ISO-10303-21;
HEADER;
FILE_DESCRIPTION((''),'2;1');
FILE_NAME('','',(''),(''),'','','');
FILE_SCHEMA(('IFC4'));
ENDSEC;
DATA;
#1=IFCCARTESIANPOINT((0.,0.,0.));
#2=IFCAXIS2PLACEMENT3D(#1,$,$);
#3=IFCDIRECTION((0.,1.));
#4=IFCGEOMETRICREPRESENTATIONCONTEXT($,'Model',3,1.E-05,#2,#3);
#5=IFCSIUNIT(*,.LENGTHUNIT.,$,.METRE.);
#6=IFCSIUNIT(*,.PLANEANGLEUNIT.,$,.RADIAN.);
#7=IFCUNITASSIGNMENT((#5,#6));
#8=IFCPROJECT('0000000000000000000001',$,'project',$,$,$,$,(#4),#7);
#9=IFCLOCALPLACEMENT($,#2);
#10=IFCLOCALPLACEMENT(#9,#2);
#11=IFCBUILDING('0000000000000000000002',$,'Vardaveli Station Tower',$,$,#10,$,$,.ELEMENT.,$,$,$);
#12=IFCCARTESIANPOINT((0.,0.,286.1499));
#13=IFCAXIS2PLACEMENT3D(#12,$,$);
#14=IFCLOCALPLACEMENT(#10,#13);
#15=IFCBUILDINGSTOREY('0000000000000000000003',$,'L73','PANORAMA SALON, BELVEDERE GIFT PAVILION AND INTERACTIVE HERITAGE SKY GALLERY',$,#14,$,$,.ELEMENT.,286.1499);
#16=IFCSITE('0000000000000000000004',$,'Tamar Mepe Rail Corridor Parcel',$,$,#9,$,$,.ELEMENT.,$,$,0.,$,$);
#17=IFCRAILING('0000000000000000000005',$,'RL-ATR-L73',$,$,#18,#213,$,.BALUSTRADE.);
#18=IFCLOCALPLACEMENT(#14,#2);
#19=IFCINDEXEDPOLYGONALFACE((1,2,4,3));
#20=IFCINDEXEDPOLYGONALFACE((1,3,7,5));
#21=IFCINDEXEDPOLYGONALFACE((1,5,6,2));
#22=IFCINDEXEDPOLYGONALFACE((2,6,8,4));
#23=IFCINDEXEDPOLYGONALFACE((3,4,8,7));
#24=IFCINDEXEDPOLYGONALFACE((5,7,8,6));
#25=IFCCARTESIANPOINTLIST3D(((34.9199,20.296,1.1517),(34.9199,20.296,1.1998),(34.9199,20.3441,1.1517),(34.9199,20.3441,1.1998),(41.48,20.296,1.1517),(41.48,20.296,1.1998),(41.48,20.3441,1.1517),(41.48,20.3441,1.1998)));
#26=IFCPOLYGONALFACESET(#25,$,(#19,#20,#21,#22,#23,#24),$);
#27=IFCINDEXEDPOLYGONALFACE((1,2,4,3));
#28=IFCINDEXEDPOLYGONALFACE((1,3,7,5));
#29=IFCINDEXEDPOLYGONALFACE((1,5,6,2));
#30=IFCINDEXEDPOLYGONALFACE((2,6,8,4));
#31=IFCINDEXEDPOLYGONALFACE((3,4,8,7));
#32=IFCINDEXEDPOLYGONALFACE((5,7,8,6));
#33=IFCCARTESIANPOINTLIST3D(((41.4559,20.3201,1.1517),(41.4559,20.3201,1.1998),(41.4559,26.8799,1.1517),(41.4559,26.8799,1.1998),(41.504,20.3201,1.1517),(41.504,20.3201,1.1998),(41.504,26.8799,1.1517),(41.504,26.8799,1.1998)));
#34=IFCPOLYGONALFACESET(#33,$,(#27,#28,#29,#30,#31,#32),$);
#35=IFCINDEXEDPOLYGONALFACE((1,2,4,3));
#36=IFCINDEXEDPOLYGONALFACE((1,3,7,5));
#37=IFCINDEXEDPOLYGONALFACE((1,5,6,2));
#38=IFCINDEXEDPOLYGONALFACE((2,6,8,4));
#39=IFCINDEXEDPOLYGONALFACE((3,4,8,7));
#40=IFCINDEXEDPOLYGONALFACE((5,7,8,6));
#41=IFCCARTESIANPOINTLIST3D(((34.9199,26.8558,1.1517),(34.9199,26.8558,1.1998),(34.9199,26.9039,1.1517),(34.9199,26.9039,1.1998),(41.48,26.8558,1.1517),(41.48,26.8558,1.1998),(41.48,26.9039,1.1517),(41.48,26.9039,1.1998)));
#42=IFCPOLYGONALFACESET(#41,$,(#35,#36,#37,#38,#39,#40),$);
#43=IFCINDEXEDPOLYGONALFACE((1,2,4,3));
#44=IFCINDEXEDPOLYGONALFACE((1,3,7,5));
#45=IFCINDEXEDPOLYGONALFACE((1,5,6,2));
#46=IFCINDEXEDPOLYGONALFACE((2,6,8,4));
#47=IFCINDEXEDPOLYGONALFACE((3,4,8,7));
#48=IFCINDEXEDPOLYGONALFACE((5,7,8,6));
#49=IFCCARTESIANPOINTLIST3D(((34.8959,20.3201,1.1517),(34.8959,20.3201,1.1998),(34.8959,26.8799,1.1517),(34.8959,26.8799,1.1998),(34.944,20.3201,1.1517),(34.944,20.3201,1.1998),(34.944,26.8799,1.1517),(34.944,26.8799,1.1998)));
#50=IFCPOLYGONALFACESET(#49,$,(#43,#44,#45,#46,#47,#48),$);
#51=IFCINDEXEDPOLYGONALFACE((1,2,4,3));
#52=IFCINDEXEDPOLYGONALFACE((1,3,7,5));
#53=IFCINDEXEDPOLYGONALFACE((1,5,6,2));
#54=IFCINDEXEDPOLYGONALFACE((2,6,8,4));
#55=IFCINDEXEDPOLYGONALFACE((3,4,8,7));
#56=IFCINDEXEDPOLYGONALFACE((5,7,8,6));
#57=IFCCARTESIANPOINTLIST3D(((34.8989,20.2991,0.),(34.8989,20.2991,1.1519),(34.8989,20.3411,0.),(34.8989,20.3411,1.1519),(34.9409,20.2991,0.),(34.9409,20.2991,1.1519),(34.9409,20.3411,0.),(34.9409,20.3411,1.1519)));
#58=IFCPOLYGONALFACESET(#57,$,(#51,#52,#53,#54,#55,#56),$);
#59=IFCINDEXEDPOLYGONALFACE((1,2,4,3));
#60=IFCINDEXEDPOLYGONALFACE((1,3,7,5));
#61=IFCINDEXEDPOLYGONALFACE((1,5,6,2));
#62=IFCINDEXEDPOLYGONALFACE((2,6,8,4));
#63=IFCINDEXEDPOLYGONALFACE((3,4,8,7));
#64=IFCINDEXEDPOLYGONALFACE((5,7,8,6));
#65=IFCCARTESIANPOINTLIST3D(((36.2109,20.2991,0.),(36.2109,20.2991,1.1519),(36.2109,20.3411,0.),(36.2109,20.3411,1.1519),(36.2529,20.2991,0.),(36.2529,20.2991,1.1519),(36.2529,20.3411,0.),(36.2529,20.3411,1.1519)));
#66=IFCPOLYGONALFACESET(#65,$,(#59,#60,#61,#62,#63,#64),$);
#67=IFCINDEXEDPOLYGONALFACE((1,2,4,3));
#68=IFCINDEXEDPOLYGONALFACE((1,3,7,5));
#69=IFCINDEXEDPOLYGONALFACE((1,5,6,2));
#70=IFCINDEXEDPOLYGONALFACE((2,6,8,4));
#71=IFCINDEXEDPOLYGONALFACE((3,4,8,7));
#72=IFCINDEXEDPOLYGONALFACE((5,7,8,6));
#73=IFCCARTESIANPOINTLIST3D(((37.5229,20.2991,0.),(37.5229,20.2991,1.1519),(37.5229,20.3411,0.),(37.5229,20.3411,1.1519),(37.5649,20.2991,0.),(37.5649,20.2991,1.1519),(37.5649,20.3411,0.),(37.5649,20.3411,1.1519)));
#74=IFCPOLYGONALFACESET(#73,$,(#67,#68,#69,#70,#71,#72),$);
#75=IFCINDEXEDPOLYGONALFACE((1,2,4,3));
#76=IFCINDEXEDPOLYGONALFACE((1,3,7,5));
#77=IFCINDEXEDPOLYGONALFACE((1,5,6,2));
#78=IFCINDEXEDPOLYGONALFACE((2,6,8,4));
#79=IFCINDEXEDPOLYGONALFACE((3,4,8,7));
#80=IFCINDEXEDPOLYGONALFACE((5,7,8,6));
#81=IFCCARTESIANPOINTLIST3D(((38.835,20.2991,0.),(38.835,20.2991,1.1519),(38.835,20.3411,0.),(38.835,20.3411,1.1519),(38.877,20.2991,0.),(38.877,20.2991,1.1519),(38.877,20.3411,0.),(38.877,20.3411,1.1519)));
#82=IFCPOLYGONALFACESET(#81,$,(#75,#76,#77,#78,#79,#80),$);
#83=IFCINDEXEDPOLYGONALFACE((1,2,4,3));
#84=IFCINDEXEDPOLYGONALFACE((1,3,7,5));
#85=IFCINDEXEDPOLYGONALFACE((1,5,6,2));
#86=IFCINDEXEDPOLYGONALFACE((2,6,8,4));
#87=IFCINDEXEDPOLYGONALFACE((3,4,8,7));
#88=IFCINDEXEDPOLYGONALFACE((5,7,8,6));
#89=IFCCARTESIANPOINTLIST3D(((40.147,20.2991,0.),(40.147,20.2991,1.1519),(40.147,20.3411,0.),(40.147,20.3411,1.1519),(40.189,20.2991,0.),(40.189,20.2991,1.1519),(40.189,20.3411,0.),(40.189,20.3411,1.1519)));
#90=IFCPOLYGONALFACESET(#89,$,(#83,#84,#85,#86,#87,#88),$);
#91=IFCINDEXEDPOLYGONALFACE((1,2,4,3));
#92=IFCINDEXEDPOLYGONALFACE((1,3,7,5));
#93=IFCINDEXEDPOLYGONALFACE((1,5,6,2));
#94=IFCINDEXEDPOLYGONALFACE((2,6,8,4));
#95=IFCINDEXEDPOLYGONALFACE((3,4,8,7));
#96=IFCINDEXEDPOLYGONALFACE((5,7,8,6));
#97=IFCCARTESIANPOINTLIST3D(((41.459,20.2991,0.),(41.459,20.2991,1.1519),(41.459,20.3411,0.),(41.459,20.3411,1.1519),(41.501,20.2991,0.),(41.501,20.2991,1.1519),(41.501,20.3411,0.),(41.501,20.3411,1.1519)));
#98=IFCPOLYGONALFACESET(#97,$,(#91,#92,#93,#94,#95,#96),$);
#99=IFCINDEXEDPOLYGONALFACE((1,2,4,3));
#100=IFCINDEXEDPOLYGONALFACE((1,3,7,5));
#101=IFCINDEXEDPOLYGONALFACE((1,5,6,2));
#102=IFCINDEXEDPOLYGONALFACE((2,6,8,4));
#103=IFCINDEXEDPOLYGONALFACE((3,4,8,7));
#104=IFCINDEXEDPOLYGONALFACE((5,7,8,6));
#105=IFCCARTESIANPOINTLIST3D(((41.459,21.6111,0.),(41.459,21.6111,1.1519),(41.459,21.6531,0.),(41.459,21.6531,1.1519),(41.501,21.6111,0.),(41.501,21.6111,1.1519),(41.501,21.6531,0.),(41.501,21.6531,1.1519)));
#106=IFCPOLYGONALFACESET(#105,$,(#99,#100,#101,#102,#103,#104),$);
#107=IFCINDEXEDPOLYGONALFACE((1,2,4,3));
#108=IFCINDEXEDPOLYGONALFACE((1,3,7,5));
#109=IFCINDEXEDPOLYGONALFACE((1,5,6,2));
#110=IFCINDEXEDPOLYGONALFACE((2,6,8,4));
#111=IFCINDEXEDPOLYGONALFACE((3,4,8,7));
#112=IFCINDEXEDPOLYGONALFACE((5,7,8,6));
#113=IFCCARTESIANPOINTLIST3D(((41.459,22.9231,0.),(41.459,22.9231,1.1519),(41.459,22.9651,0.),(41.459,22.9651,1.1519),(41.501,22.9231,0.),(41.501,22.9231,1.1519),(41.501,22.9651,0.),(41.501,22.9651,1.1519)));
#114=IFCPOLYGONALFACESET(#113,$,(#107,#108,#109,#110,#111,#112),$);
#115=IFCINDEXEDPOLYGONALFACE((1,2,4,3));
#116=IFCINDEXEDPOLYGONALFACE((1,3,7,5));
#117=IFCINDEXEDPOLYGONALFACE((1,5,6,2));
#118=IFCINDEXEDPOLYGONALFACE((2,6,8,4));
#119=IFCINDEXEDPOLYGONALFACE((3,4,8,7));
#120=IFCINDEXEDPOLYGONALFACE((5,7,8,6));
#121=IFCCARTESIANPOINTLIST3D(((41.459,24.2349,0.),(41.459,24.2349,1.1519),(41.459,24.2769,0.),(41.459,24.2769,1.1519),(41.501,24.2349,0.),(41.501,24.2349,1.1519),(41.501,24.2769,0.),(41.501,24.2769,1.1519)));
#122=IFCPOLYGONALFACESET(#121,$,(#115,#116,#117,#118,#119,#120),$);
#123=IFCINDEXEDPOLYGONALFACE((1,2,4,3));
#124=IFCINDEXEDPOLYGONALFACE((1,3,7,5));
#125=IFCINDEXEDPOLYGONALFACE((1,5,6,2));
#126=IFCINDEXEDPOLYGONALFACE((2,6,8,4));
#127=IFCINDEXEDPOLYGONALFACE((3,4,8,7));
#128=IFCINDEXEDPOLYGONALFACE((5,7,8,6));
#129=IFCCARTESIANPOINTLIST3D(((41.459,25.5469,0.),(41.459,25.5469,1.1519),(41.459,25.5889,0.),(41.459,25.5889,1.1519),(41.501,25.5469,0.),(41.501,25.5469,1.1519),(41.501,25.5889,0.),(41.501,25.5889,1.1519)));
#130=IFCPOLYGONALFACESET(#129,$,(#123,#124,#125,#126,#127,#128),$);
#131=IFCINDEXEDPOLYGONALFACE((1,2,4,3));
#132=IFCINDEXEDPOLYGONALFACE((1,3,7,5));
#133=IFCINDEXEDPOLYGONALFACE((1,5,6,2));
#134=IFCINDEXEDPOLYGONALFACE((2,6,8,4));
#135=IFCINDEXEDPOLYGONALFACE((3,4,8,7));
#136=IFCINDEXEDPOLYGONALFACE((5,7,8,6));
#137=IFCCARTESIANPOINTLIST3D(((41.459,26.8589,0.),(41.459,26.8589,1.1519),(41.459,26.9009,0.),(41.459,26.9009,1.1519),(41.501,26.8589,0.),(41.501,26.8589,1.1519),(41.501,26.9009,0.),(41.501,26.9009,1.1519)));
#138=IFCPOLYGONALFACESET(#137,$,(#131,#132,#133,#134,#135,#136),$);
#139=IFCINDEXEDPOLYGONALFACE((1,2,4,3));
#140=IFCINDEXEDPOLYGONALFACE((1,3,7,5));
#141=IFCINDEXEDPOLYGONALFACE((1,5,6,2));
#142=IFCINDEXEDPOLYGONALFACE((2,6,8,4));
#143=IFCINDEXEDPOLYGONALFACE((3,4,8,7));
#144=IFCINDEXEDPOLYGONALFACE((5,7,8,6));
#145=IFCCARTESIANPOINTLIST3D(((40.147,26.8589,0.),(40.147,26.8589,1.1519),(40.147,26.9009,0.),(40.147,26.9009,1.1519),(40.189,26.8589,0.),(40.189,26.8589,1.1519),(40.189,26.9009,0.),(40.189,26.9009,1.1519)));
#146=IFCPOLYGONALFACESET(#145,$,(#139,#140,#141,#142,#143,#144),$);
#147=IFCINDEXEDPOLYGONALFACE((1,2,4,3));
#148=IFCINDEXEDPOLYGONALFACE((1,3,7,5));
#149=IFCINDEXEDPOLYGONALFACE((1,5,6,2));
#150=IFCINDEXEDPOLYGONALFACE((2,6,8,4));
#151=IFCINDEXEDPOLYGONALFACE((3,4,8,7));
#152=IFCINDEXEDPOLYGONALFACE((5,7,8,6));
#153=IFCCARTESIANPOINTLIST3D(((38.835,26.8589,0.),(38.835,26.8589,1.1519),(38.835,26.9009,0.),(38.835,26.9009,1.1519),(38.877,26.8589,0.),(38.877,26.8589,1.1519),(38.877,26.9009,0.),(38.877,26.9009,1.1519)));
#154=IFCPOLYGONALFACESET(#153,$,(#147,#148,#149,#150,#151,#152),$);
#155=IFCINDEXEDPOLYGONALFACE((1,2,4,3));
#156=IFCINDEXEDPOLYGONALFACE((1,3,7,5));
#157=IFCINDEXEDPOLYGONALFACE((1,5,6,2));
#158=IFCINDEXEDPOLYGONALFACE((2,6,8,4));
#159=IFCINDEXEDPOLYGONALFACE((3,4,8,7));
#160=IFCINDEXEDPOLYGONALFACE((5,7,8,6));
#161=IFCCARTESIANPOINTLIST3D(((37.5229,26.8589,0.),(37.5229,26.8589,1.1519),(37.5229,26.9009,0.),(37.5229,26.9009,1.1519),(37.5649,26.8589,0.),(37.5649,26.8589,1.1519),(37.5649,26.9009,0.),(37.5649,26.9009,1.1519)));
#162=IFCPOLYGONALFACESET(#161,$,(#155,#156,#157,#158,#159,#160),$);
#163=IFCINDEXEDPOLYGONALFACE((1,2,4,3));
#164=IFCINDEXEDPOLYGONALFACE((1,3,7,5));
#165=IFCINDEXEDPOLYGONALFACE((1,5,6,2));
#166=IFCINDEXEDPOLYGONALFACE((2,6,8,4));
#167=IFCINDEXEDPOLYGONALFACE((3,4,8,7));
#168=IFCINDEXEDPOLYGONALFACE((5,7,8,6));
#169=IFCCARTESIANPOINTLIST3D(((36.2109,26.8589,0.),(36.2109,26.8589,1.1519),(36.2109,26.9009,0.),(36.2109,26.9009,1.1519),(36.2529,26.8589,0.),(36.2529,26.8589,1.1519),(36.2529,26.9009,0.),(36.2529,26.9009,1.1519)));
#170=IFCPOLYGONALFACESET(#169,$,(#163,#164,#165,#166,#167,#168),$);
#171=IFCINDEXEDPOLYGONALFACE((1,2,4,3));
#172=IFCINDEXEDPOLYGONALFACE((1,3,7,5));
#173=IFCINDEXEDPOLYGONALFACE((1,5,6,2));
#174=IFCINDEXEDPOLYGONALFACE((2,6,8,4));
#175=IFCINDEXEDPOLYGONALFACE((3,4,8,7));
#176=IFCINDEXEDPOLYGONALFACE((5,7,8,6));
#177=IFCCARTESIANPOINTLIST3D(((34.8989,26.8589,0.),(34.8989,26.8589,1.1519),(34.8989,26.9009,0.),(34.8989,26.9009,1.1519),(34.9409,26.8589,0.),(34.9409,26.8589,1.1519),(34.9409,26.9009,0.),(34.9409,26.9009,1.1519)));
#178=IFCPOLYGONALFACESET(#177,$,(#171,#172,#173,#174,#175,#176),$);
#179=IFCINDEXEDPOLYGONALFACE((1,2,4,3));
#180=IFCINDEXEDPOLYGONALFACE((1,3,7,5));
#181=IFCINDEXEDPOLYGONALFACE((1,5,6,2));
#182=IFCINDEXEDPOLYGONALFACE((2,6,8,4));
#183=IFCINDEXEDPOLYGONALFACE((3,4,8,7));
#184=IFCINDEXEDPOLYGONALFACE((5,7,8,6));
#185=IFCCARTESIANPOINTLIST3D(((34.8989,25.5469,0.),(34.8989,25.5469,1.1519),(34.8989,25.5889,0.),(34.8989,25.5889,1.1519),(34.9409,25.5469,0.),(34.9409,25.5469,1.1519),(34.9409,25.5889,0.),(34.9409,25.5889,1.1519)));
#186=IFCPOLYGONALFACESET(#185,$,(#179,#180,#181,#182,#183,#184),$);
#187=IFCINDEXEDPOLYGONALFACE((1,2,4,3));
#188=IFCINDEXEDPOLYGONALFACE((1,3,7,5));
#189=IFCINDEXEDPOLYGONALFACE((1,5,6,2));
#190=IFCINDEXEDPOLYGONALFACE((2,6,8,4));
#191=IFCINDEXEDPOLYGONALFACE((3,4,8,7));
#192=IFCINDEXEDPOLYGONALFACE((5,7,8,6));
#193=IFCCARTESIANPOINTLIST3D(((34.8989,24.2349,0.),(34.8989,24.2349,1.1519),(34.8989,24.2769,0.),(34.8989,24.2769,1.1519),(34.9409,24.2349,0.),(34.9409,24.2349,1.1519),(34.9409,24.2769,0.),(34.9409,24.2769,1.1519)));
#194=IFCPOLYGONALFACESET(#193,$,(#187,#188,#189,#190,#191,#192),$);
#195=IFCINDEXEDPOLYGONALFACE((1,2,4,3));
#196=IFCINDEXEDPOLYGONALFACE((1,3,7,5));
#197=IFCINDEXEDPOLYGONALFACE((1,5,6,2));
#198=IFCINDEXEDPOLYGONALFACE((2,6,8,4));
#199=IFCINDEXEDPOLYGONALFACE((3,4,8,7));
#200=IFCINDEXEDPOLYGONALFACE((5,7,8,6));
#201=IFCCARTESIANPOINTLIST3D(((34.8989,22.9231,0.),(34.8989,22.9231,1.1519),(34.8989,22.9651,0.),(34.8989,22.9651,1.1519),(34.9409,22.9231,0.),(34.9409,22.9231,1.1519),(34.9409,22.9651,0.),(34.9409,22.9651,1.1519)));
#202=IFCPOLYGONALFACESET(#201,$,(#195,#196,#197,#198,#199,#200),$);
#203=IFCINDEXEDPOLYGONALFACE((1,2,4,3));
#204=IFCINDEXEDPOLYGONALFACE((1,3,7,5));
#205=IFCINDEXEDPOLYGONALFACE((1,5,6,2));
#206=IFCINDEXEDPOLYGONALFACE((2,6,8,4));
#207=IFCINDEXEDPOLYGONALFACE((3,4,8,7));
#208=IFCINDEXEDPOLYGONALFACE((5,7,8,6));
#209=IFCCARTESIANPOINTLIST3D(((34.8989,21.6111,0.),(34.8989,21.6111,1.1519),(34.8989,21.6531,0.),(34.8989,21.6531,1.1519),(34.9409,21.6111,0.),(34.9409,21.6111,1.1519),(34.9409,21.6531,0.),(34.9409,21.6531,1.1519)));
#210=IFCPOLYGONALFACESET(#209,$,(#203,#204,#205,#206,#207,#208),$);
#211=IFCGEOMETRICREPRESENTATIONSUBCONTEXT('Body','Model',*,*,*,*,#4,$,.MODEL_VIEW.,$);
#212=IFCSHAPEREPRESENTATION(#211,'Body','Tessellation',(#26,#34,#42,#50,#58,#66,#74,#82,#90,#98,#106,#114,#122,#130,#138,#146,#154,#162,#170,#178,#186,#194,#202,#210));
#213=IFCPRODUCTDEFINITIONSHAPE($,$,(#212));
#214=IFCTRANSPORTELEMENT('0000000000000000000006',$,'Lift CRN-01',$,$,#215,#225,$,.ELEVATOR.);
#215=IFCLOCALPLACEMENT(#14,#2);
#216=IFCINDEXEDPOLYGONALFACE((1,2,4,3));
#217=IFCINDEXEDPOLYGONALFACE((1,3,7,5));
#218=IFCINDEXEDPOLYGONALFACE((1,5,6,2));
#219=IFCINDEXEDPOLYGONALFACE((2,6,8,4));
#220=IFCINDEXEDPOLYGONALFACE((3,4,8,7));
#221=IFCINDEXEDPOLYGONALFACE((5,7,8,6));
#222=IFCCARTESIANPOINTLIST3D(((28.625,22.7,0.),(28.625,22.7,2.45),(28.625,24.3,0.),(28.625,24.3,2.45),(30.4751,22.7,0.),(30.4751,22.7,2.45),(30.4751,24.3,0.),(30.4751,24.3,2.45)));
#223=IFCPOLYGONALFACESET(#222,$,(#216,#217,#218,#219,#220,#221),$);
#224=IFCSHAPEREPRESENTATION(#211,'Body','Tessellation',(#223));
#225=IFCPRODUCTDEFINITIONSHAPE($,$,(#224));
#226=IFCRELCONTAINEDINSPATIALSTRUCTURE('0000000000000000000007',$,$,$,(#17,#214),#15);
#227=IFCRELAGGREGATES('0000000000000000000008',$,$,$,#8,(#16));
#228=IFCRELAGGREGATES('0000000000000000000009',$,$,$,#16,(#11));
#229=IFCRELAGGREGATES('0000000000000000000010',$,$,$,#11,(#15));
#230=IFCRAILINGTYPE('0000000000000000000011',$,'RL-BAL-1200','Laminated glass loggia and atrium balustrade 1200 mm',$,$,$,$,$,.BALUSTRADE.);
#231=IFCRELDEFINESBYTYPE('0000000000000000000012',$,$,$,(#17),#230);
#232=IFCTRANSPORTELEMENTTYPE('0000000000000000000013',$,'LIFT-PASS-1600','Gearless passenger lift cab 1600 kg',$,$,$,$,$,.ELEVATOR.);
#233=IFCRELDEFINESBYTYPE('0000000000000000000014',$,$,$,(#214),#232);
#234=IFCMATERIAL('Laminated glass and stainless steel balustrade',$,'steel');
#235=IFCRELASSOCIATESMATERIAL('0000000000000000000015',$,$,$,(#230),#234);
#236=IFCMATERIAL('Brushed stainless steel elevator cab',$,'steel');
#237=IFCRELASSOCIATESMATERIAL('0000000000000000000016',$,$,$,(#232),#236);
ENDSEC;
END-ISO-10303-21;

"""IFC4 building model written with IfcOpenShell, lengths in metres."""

from ifc_helpers import new_model, si_unit, direction, frame, origin, origin_2d, place, context, subcontext, project, spatial, rectangle, extrude, source, transform, mapped, material, type_object, element, save


model = new_model("IFC4")

# Units and contexts
model_context = context("Model", 3, precision=1e-05, world=origin(), true_north=direction((0.0, 1.0)))
body_context = subcontext(model_context, "Body", "Model", "MODEL_VIEW")
ifc_project = project(units=[si_unit("LENGTHUNIT", "METRE"), si_unit("PLANEANGLEUNIT", "RADIAN")], contexts=[model_context])

# Site, building, storey
site_placement = place(None, origin())
site = spatial("IfcSite", under=ifc_project, at=site_placement, Name="Tamar Mepe Rail Corridor Parcel", CompositionType="ELEMENT", RefElevation=0.0)
building_placement = place(site_placement, origin())
building = spatial("IfcBuilding", under=site, at=building_placement, Name="Vardaveli Station Tower", CompositionType="ELEMENT")
storey_placement = place(building_placement, frame((0.0, 0.0, 286.1499)))
storey = spatial("IfcBuildingStorey", under=building, at=storey_placement, Name="L73", Description="PANORAMA SALON, BELVEDERE GIFT PAVILION AND INTERACTIVE HERITAGE SKY GALLERY", CompositionType="ELEMENT", Elevation=286.1499)

# Railing
ifc_material_1 = material(Name="Laminated glass and stainless steel balustrade", Category="steel")
railing_type = type_object("IfcRailingType", Name="RL-BAL-1200", Description="Laminated glass loggia and atrium balustrade 1200 mm", PredefinedType="BALUSTRADE", material=ifc_material_1)
shared_shape_1 = source(origin(), body_context, "Body", "SweptSolid", [
    extrude(rectangle(XDim=0.0481, YDim=0.0481, at=origin_2d()), frame((0.0, 0.0, 1.1758), z_axis=(1.0, 0.0, 0.0), x_axis=(0.0, 1.0, 0.0)), (0.0, 0.0, 1.0), 6.5601),
    extrude(rectangle(XDim=0.0481, YDim=0.0481, at=origin_2d()), frame((6.5601, 0.0, 1.1758), z_axis=(0.0, 1.0, 0.0), x_axis=(-1.0, 0.0, 0.0)), (0.0, 0.0, 1.0), 6.5598),
    extrude(rectangle(XDim=0.0481, YDim=0.0481, at=origin_2d()), frame((6.5601, 6.5598, 1.1758), z_axis=(-1.0, 0.0, 0.0), x_axis=(0.0, -1.0, 0.0)), (0.0, 0.0, 1.0), 6.5601),
    extrude(rectangle(XDim=0.0481, YDim=0.0481, at=origin_2d()), frame((0.0, 6.5598, 1.1758), z_axis=(0.0, -1.0, 0.0), x_axis=(1.0, 0.0, 0.0)), (0.0, 0.0, 1.0), 6.5598),
    extrude(rectangle(XDim=0.042, YDim=0.042, at=origin_2d()), origin(), (0.0, 0.0, 1.0), 1.1519),
    extrude(rectangle(XDim=0.042, YDim=0.042, at=origin_2d()), frame((1.312, 0.0, 0.0)), (0.0, 0.0, 1.0), 1.1519),
    extrude(rectangle(XDim=0.042, YDim=0.042, at=origin_2d()), frame((2.624, 0.0, 0.0)), (0.0, 0.0, 1.0), 1.1519),
    extrude(rectangle(XDim=0.042, YDim=0.042, at=origin_2d()), frame((3.936, 0.0, 0.0)), (0.0, 0.0, 1.0), 1.1519),
    extrude(rectangle(XDim=0.042, YDim=0.042, at=origin_2d()), frame((5.248, 0.0, 0.0)), (0.0, 0.0, 1.0), 1.1519),
    extrude(rectangle(XDim=0.042, YDim=0.042, at=origin_2d()), frame((6.5601, 0.0, 0.0)), (0.0, 0.0, 1.0), 1.1519),
    extrude(rectangle(XDim=0.042, YDim=0.042, at=origin_2d()), frame((6.5601, 1.312, 0.0)), (0.0, 0.0, 1.0), 1.1519),
    extrude(rectangle(XDim=0.042, YDim=0.042, at=origin_2d()), frame((6.5601, 2.624, 0.0)), (0.0, 0.0, 1.0), 1.1519),
    extrude(rectangle(XDim=0.042, YDim=0.042, at=origin_2d()), frame((6.5601, 3.9358, 0.0)), (0.0, 0.0, 1.0), 1.1519),
    extrude(rectangle(XDim=0.042, YDim=0.042, at=origin_2d()), frame((6.5601, 5.2478, 0.0)), (0.0, 0.0, 1.0), 1.1519),
    extrude(rectangle(XDim=0.042, YDim=0.042, at=origin_2d()), frame((6.5601, 6.5598, 0.0)), (0.0, 0.0, 1.0), 1.1519),
    extrude(rectangle(XDim=0.042, YDim=0.042, at=origin_2d()), frame((5.248, 6.5598, 0.0)), (0.0, 0.0, 1.0), 1.1519),
    extrude(rectangle(XDim=0.042, YDim=0.042, at=origin_2d()), frame((3.936, 6.5598, 0.0)), (0.0, 0.0, 1.0), 1.1519),
    extrude(rectangle(XDim=0.042, YDim=0.042, at=origin_2d()), frame((2.624, 6.5598, 0.0)), (0.0, 0.0, 1.0), 1.1519),
    extrude(rectangle(XDim=0.042, YDim=0.042, at=origin_2d()), frame((1.312, 6.5598, 0.0)), (0.0, 0.0, 1.0), 1.1519),
    extrude(rectangle(XDim=0.042, YDim=0.042, at=origin_2d()), frame((0.0, 6.5598, 0.0)), (0.0, 0.0, 1.0), 1.1519),
    extrude(rectangle(XDim=0.042, YDim=0.042, at=origin_2d()), frame((0.0, 5.2478, 0.0)), (0.0, 0.0, 1.0), 1.1519),
    extrude(rectangle(XDim=0.042, YDim=0.042, at=origin_2d()), frame((0.0, 3.9358, 0.0)), (0.0, 0.0, 1.0), 1.1519),
    extrude(rectangle(XDim=0.042, YDim=0.042, at=origin_2d()), frame((0.0, 2.624, 0.0)), (0.0, 0.0, 1.0), 1.1519),
    extrude(rectangle(XDim=0.042, YDim=0.042, at=origin_2d()), frame((0.0, 1.312, 0.0)), (0.0, 0.0, 1.0), 1.1519),
])
railing_placement = place(storey_placement, frame((34.9199, 20.3201, 0.0)))
element("IfcRailing", 1, at=railing_placement, inside=storey, type_object=railing_type, Name="RL-ATR-L73", PredefinedType="BALUSTRADE", context=body_context, shape_type="MappedRepresentation", body=[
    mapped(shared_shape_1, transform((0.0, 0.0, 0.0), scale=1.0)),
])

# Transport element
ifc_material_2 = material(Name="Brushed stainless steel elevator cab", Category="steel")
transport_element_type = type_object("IfcTransportElementType", Name="LIFT-PASS-1600", Description="Gearless passenger lift cab 1600 kg", PredefinedType="ELEVATOR", material=ifc_material_2)
shared_shape_2 = source(origin(), body_context, "Body", "SweptSolid", [
    extrude(rectangle(XDim=1.8501, YDim=1.6001, at=origin_2d()), origin(), (0.0, 0.0, 1.0), 2.45),
])
transport_element_placement = place(storey_placement, frame((29.55, 23.5, 0.0), z_axis=(0.0, 0.0, 1.0), x_axis=(1.0, 0.0, 0.0)))
element("IfcTransportElement", 2, at=transport_element_placement, inside=storey, type_object=transport_element_type, Name="Lift CRN-01", PredefinedType="ELEVATOR", context=body_context, shape_type="MappedRepresentation", body=[
    mapped(shared_shape_2, transform((0.0, 0.0, 0.0), scale=1.0)),
])

save(model, "model.ifc")
